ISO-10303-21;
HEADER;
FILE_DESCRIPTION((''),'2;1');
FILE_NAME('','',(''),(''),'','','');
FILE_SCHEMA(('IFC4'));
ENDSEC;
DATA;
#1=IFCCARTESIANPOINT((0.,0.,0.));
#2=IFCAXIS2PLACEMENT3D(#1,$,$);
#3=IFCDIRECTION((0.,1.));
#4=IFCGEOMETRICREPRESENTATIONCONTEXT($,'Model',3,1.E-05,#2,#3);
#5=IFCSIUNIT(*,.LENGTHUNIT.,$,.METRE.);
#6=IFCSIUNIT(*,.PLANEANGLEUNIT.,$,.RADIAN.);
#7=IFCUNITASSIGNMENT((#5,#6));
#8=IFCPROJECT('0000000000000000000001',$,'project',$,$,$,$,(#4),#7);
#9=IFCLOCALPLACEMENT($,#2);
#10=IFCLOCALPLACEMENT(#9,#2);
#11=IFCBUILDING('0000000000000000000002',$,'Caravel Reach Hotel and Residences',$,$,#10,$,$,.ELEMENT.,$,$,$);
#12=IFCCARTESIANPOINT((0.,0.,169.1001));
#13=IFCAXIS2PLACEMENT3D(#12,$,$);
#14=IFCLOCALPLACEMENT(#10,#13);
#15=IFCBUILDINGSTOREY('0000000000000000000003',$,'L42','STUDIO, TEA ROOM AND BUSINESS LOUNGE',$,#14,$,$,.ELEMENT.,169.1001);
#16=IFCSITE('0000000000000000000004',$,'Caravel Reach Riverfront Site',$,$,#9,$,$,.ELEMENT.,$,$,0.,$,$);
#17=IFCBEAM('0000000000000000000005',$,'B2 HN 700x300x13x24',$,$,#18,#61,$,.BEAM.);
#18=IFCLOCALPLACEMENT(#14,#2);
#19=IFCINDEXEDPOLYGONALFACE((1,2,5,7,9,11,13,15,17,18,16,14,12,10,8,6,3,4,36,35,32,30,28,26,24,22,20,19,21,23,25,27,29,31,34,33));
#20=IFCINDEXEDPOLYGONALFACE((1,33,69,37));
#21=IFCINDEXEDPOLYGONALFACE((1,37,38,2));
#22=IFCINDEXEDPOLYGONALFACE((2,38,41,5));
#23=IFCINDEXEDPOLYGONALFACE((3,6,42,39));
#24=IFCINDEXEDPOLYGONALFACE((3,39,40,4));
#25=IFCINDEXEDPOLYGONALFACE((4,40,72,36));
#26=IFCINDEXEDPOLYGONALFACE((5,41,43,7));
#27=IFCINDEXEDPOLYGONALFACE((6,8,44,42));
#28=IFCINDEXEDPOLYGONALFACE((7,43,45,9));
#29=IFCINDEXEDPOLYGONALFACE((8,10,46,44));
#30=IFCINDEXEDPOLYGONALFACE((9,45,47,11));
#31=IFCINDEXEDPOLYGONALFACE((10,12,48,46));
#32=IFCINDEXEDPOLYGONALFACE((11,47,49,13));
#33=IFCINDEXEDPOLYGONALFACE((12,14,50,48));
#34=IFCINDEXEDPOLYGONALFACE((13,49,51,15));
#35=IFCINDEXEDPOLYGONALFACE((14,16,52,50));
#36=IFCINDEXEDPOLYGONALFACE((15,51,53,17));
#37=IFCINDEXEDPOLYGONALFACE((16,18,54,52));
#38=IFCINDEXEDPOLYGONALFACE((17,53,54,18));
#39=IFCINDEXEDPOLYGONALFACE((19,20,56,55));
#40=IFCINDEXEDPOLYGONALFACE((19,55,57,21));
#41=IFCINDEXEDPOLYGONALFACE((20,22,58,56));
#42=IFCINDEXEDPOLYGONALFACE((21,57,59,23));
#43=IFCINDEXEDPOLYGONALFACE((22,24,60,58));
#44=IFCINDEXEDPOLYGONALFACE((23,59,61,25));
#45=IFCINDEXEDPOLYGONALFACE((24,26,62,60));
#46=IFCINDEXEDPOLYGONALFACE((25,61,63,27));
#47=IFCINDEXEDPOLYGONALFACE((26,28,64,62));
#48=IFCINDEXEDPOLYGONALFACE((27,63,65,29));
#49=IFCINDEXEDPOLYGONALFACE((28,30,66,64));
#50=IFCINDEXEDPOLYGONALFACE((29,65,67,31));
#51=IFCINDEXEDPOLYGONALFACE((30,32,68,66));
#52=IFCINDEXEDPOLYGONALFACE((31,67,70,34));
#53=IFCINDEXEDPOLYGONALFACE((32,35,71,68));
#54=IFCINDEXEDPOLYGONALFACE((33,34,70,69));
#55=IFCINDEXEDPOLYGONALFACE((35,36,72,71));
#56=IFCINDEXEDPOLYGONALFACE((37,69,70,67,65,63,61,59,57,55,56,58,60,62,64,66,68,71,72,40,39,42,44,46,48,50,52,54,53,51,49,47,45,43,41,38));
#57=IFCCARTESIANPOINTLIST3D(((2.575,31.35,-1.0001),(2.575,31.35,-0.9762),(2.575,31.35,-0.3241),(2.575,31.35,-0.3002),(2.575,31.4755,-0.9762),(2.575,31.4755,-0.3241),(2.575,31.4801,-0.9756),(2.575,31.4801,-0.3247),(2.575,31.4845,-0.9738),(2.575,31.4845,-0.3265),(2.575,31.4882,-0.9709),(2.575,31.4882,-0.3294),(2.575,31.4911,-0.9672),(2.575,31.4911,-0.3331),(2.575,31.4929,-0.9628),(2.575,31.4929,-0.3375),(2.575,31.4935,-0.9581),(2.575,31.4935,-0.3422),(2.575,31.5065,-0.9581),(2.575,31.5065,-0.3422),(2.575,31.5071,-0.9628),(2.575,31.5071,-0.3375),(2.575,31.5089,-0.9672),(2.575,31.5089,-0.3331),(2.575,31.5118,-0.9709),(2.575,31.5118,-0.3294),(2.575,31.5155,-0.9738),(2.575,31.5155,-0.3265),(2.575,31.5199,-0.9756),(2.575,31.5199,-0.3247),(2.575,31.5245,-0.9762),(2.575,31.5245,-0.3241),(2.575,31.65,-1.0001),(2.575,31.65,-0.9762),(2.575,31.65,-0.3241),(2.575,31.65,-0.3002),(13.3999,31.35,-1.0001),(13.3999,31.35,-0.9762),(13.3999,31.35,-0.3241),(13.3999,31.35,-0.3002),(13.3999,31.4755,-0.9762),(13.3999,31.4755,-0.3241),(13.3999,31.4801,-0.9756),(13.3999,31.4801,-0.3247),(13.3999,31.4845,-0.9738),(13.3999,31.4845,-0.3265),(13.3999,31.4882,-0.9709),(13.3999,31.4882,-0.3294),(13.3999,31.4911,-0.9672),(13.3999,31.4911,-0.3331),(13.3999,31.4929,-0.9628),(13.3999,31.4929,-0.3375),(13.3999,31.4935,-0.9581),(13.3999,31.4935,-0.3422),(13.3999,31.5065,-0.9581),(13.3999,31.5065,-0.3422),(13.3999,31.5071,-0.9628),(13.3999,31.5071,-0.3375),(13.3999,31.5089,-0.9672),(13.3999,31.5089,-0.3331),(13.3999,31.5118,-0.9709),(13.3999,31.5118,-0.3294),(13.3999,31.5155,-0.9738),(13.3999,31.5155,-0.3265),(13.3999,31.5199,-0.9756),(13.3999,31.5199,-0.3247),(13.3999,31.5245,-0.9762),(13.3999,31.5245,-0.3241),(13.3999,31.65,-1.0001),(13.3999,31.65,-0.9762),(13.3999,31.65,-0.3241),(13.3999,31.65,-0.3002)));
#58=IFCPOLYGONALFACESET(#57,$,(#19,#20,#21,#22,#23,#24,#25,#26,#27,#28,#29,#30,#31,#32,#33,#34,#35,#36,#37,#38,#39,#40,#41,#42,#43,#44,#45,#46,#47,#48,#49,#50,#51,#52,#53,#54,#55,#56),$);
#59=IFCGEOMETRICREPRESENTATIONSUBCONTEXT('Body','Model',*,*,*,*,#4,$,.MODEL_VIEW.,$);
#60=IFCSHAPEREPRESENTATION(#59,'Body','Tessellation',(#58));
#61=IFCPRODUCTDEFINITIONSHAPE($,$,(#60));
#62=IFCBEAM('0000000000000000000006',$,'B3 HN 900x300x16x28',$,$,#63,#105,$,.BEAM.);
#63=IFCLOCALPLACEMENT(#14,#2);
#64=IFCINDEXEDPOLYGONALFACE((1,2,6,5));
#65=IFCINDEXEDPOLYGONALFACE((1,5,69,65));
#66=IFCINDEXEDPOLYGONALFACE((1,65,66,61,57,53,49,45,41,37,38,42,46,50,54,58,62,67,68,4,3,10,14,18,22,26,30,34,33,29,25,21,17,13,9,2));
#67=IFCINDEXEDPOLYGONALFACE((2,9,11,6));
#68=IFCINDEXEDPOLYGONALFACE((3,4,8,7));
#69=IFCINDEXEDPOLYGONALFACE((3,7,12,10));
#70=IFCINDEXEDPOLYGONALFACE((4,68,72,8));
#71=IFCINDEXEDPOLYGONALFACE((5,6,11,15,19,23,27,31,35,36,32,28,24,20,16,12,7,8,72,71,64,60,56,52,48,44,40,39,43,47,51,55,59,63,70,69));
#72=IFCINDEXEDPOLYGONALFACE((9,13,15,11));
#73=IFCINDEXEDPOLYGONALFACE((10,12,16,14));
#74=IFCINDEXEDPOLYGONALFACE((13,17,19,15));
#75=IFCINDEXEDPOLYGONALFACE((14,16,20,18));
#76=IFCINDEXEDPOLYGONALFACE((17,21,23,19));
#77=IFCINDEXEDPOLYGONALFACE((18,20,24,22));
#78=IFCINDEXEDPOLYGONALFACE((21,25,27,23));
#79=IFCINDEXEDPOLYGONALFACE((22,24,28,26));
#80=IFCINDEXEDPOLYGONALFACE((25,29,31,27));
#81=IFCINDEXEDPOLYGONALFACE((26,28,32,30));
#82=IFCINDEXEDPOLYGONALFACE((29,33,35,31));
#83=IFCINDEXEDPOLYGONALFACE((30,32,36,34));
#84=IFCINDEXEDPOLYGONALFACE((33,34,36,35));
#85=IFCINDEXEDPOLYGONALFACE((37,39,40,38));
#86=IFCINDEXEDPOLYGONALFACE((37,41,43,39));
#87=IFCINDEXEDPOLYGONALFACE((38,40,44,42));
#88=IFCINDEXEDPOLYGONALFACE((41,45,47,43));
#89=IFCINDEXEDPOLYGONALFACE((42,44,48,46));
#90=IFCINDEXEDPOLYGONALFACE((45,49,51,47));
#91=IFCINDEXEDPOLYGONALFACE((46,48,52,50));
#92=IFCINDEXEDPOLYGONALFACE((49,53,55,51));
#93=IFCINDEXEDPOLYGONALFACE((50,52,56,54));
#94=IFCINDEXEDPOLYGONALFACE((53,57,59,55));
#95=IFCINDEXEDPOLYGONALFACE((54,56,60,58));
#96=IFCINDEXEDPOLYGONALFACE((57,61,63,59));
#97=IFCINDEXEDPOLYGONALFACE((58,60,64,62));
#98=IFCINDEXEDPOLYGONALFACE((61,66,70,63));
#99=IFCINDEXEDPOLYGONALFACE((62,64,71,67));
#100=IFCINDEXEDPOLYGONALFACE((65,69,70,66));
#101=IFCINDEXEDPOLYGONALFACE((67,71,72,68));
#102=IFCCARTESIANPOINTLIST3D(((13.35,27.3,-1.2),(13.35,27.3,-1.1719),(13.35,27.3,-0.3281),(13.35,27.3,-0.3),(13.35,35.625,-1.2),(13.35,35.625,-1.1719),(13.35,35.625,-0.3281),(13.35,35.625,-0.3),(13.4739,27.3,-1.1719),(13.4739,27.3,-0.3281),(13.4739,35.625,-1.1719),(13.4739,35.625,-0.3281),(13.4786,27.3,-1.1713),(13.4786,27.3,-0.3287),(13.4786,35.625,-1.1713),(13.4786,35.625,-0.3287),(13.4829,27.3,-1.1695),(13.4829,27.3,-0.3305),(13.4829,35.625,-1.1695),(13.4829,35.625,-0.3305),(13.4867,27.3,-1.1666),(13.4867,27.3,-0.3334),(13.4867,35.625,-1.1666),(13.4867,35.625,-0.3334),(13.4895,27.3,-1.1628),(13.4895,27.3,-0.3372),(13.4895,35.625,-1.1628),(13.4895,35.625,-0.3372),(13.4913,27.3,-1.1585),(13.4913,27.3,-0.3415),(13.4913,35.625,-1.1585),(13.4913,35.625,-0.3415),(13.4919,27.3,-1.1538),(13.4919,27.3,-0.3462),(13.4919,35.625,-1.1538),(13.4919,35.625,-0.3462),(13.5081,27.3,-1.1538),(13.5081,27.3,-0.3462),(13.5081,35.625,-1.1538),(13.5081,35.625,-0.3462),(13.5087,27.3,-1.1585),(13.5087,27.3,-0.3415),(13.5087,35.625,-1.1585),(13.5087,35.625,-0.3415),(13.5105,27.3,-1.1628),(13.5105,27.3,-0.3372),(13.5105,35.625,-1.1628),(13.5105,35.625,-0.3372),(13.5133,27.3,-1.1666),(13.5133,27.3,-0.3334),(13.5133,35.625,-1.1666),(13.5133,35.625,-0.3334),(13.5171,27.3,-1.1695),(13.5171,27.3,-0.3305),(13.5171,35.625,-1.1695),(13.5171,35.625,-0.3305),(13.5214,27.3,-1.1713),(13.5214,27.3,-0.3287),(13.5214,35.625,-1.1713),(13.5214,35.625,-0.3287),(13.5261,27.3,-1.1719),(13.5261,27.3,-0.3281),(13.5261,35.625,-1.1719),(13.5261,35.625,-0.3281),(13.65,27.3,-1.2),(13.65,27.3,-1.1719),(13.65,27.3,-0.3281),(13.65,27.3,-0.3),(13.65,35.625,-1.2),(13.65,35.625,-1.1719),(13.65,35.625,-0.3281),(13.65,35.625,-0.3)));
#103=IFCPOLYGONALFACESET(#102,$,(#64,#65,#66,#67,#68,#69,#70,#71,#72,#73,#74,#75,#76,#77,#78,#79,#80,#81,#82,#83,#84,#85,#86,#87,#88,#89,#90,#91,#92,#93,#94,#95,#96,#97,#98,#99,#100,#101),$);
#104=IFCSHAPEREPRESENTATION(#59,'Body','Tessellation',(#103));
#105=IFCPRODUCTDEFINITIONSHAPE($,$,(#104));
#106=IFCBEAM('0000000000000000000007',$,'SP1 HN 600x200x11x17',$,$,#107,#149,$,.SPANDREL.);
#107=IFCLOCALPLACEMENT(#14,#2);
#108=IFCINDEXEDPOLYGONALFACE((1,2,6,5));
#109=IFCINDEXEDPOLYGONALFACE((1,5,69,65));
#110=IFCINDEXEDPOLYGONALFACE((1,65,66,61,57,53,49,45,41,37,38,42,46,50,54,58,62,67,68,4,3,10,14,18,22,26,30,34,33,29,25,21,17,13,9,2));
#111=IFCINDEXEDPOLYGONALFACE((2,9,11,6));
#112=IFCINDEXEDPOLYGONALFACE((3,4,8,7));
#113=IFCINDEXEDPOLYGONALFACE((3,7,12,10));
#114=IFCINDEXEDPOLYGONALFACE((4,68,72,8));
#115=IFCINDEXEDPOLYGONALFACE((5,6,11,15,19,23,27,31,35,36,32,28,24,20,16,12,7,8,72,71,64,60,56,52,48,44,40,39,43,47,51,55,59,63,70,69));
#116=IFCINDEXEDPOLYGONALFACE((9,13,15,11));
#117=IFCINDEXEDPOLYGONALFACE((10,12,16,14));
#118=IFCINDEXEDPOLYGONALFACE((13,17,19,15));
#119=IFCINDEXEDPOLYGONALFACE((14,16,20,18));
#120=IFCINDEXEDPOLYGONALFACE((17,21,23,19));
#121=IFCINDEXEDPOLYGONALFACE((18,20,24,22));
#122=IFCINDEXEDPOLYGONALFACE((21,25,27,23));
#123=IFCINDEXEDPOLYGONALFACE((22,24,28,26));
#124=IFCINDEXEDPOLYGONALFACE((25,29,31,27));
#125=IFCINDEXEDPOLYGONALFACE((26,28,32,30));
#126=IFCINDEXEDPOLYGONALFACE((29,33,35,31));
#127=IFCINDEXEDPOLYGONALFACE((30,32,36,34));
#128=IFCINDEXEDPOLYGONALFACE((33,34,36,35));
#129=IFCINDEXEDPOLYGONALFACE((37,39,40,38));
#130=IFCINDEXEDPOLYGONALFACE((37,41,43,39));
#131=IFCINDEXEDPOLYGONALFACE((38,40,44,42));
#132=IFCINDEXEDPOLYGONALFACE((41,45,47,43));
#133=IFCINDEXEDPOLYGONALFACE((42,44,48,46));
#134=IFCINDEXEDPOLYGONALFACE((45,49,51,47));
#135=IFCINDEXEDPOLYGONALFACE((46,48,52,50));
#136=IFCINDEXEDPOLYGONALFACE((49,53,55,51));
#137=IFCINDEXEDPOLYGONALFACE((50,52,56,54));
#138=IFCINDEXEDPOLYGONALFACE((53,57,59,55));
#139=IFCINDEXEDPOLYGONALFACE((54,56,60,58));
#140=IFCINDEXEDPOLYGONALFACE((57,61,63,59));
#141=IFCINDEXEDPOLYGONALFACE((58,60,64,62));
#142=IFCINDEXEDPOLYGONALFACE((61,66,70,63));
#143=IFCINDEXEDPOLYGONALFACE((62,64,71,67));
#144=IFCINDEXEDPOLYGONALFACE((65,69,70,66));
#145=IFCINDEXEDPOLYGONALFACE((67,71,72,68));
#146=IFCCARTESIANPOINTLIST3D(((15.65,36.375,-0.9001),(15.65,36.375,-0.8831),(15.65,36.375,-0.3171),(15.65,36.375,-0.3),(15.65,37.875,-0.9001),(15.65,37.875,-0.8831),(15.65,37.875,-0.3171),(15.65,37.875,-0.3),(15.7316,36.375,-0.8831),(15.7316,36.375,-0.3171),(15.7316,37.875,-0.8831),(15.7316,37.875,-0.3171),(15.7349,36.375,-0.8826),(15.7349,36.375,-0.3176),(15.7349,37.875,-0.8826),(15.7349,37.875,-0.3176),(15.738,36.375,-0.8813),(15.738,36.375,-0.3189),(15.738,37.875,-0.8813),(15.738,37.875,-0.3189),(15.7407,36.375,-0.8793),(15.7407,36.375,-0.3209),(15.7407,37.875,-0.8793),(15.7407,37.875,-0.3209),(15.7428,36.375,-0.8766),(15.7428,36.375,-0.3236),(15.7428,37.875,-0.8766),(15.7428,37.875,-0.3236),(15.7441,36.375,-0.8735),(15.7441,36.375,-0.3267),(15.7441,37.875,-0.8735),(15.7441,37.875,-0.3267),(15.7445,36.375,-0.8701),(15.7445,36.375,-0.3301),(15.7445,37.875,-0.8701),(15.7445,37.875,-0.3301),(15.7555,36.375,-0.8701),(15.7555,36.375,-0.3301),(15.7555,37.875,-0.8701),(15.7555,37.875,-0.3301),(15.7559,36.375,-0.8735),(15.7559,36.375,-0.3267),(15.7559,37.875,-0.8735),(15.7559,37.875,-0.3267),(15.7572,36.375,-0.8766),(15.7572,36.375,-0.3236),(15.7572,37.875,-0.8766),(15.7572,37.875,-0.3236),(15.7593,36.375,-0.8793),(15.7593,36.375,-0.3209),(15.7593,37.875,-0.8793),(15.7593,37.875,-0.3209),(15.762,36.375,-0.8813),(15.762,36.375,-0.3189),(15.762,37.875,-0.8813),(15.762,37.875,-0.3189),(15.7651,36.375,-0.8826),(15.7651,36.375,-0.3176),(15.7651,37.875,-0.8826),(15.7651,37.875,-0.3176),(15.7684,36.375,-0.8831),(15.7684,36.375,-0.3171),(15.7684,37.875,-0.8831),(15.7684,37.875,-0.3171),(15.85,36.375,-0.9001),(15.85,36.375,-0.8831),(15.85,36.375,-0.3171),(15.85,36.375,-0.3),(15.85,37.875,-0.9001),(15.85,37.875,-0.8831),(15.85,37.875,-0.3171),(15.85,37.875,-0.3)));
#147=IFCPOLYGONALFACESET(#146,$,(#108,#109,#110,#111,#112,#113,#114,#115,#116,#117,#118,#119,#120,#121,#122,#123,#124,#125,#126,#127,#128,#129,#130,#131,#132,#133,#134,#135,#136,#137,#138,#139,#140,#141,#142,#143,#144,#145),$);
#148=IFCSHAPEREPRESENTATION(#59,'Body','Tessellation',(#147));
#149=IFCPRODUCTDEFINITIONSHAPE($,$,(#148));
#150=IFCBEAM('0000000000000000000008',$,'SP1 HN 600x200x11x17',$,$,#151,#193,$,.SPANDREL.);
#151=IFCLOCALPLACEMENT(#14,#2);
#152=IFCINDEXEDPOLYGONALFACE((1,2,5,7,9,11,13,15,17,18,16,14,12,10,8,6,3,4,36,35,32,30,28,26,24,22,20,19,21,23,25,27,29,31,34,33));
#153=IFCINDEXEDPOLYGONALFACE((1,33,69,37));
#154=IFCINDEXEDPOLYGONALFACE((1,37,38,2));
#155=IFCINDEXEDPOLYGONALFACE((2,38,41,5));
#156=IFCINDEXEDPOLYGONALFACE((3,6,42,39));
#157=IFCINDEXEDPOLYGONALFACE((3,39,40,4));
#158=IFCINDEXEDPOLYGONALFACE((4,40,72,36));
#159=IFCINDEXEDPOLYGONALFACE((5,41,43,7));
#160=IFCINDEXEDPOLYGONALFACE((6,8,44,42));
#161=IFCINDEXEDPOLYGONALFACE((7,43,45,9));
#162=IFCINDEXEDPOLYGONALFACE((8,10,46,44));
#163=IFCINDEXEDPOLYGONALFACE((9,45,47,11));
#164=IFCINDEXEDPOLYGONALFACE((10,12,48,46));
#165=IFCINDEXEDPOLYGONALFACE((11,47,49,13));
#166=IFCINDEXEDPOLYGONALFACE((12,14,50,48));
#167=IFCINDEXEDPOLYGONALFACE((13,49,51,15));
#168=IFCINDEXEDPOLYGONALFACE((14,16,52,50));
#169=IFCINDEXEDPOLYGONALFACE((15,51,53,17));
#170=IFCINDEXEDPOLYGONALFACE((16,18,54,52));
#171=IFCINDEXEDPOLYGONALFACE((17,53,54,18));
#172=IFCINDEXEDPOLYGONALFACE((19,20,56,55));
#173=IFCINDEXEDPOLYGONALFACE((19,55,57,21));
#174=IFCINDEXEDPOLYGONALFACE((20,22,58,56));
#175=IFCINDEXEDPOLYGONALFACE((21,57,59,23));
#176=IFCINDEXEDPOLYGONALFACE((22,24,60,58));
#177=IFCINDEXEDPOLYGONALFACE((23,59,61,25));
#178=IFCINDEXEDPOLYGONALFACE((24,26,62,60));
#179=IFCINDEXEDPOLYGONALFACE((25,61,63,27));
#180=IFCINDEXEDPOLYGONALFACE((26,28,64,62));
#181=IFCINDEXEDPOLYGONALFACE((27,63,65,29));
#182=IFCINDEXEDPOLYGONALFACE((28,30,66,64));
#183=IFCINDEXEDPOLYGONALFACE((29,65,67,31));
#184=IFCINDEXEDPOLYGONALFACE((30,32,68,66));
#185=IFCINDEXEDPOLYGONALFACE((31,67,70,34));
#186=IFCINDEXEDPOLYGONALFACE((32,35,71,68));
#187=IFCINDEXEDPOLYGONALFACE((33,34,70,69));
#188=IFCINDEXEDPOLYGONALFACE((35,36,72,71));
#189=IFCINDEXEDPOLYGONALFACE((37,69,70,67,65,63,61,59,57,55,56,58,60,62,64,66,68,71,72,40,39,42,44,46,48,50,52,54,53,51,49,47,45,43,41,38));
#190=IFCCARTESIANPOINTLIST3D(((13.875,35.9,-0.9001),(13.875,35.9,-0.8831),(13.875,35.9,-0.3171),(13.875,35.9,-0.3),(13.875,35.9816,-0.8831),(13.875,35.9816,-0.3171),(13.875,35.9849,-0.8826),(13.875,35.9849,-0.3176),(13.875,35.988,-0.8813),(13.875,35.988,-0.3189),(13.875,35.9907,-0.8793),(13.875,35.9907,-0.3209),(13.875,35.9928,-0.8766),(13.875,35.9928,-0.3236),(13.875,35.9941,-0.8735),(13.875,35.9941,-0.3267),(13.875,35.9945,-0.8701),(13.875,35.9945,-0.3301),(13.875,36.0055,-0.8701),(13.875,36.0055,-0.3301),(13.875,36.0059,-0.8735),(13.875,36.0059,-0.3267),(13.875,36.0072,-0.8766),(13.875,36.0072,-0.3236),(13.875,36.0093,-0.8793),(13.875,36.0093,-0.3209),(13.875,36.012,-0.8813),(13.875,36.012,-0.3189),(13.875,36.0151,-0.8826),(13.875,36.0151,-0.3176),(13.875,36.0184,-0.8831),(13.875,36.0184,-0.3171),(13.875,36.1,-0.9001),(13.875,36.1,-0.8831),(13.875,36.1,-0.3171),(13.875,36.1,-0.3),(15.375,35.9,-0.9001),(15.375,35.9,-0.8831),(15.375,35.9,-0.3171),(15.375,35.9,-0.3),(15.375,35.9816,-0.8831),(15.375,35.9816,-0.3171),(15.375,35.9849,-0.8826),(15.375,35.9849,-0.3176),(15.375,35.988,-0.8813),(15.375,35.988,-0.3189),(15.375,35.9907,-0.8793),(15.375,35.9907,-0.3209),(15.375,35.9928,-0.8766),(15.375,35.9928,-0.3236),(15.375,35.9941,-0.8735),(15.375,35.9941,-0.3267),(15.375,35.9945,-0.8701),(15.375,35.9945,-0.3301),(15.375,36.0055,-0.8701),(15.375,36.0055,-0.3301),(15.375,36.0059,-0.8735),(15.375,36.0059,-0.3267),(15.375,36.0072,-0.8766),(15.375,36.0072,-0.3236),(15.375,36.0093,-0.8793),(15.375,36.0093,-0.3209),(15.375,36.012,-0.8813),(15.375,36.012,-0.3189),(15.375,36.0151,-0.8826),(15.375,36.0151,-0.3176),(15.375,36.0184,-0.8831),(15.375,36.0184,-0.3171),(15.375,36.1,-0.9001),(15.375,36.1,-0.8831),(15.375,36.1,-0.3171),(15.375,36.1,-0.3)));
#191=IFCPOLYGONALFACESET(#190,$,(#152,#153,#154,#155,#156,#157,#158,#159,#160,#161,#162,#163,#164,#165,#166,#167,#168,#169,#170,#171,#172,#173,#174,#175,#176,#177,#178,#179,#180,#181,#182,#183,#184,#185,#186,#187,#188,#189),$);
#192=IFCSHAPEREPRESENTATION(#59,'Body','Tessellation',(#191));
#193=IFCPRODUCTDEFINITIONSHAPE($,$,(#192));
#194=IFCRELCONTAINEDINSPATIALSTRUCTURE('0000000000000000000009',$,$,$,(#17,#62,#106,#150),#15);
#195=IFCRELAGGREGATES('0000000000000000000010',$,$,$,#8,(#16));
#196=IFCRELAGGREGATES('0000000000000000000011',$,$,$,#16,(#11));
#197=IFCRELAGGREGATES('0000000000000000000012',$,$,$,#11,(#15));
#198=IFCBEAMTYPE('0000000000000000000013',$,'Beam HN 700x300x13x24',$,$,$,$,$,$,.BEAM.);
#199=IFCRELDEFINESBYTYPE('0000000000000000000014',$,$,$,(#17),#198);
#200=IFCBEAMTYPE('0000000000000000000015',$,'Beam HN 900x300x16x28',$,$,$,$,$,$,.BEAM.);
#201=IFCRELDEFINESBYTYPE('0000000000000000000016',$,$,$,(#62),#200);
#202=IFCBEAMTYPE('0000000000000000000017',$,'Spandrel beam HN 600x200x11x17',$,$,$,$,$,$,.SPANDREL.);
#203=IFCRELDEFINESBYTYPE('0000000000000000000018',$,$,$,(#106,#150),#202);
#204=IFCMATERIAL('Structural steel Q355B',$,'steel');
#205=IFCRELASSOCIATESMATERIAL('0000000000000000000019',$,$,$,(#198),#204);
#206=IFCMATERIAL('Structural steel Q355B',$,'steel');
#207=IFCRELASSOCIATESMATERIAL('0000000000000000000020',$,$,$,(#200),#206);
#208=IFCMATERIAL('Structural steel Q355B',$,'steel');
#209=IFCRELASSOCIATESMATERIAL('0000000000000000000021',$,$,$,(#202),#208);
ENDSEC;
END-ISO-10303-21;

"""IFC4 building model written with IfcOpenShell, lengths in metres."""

from ifc_helpers import new_model, si_unit, direction, frame, origin, origin_2d, place, context, subcontext, project, spatial, i_section, extrude, material, material_profile, profile_set, type_object, element, save


model = new_model("IFC4")

# Units and contexts
model_context = context("Model", 3, precision=1e-05, world=origin(), true_north=direction((0.0, 1.0)))
body_context = subcontext(model_context, "Body", "Model", "MODEL_VIEW")
ifc_project = project(units=[si_unit("LENGTHUNIT", "METRE"), si_unit("PLANEANGLEUNIT", "RADIAN")], contexts=[model_context])

# Site, building, storey
site_placement = place(None, origin())
site = spatial("IfcSite", under=ifc_project, at=site_placement, Name="Caravel Reach Riverfront Site", CompositionType="ELEMENT", RefElevation=0.0)
building_placement = place(site_placement, origin())
building = spatial("IfcBuilding", under=site, at=building_placement, Name="Caravel Reach Hotel and Residences", CompositionType="ELEMENT")
storey_placement = place(building_placement, frame((0.0, 0.0, 169.1001)))
storey = spatial("IfcBuildingStorey", under=building, at=storey_placement, Name="L42", Description="STUDIO, TEA ROOM AND BUSINESS LOUNGE", CompositionType="ELEMENT", Elevation=169.1001)

# Beams
ifc_material_1 = material(Name="Structural steel Q355B", Category="steel")
ifc_material_profile_1 = material_profile(ifc_material_1, i_section(OverallWidth=0.3, OverallDepth=0.7, WebThickness=0.0129, FlangeThickness=0.0239, FilletRadius=0.0181, at=origin_2d()), Name="HN 700x300x13x24")
ifc_profile_set_1 = profile_set([ifc_material_profile_1], Name="Structural steel Q355B")
beam_type_1 = type_object("IfcBeamType", Name="Beam HN 700x300x13x24", PredefinedType="BEAM", material=ifc_profile_set_1)
beam_1_placement = place(storey_placement, frame((13.3999, 31.5, -0.6501), z_axis=(-1.0, 0.0, 0.0), x_axis=(0.0, -1.0, 0.0)))
element("IfcBeam", 1, at=beam_1_placement, inside=storey, type_object=beam_type_1, Name="B2 HN 700x300x13x24", PredefinedType="BEAM", context=body_context, shape_type="SweptSolid", body=[
    extrude(i_section(OverallWidth=0.3, OverallDepth=0.7, WebThickness=0.0129, FlangeThickness=0.0239, FilletRadius=0.0181, at=origin_2d()), origin(), (0.0, 0.0, 1.0), 10.825),
])
ifc_material_2 = material(Name="Structural steel Q355B", Category="steel")
ifc_material_profile_2 = material_profile(ifc_material_2, i_section(OverallWidth=0.3, OverallDepth=0.8999, WebThickness=0.0161, FlangeThickness=0.0281, FilletRadius=0.0181, at=origin_2d()), Name="HN 900x300x16x28")
ifc_profile_set_2 = profile_set([ifc_material_profile_2], Name="Structural steel Q355B")
beam_type_2 = type_object("IfcBeamType", Name="Beam HN 900x300x16x28", PredefinedType="BEAM", material=ifc_profile_set_2)
beam_2_placement = place(storey_placement, frame((13.5, 27.3, -0.75), z_axis=(0.0, 1.0, 0.0), x_axis=(-1.0, 0.0, 0.0)))
element("IfcBeam", 2, at=beam_2_placement, inside=storey, type_object=beam_type_2, Name="B3 HN 900x300x16x28", PredefinedType="BEAM", context=body_context, shape_type="SweptSolid", body=[
    extrude(i_section(OverallWidth=0.3, OverallDepth=0.8999, WebThickness=0.0161, FlangeThickness=0.0281, FilletRadius=0.0181, at=origin_2d()), origin(), (0.0, 0.0, 1.0), 8.325),
])
ifc_material_3 = material(Name="Structural steel Q355B", Category="steel")
ifc_material_profile_3 = material_profile(ifc_material_3, i_section(OverallWidth=0.2, OverallDepth=0.6001, WebThickness=0.011, FlangeThickness=0.0171, FilletRadius=0.0129, at=origin_2d()), Name="HN 600x200x11x17")
ifc_profile_set_3 = profile_set([ifc_material_profile_3], Name="Structural steel Q355B")
beam_type_3 = type_object("IfcBeamType", Name="Spandrel beam HN 600x200x11x17", PredefinedType="SPANDREL", material=ifc_profile_set_3)
for number, where, z_axis, x_axis, name in (
    (3, (15.75, 37.875, -0.6001), (0.0, -1.0, 0.0), (1.0, 0.0, 0.0), "SP1 HN 600x200x11x17"),
    (4, (15.375, 36.0, -0.6001), (-1.0, 0.0, 0.0), (0.0, -1.0, 0.0), "SP1 HN 600x200x11x17"),
):
    element("IfcBeam", number, at=place(storey_placement, frame(where, z_axis=z_axis, x_axis=x_axis)), inside=storey, type_object=beam_type_3, Name=name, PredefinedType="SPANDREL", context=body_context, shape_type="SweptSolid", body=[
        extrude(i_section(OverallWidth=0.2, OverallDepth=0.6001, WebThickness=0.011, FlangeThickness=0.0171, FilletRadius=0.0129, at=origin_2d()), origin(), (0.0, 0.0, 1.0), 1.5),
    ])

save(model, "model.ifc")
